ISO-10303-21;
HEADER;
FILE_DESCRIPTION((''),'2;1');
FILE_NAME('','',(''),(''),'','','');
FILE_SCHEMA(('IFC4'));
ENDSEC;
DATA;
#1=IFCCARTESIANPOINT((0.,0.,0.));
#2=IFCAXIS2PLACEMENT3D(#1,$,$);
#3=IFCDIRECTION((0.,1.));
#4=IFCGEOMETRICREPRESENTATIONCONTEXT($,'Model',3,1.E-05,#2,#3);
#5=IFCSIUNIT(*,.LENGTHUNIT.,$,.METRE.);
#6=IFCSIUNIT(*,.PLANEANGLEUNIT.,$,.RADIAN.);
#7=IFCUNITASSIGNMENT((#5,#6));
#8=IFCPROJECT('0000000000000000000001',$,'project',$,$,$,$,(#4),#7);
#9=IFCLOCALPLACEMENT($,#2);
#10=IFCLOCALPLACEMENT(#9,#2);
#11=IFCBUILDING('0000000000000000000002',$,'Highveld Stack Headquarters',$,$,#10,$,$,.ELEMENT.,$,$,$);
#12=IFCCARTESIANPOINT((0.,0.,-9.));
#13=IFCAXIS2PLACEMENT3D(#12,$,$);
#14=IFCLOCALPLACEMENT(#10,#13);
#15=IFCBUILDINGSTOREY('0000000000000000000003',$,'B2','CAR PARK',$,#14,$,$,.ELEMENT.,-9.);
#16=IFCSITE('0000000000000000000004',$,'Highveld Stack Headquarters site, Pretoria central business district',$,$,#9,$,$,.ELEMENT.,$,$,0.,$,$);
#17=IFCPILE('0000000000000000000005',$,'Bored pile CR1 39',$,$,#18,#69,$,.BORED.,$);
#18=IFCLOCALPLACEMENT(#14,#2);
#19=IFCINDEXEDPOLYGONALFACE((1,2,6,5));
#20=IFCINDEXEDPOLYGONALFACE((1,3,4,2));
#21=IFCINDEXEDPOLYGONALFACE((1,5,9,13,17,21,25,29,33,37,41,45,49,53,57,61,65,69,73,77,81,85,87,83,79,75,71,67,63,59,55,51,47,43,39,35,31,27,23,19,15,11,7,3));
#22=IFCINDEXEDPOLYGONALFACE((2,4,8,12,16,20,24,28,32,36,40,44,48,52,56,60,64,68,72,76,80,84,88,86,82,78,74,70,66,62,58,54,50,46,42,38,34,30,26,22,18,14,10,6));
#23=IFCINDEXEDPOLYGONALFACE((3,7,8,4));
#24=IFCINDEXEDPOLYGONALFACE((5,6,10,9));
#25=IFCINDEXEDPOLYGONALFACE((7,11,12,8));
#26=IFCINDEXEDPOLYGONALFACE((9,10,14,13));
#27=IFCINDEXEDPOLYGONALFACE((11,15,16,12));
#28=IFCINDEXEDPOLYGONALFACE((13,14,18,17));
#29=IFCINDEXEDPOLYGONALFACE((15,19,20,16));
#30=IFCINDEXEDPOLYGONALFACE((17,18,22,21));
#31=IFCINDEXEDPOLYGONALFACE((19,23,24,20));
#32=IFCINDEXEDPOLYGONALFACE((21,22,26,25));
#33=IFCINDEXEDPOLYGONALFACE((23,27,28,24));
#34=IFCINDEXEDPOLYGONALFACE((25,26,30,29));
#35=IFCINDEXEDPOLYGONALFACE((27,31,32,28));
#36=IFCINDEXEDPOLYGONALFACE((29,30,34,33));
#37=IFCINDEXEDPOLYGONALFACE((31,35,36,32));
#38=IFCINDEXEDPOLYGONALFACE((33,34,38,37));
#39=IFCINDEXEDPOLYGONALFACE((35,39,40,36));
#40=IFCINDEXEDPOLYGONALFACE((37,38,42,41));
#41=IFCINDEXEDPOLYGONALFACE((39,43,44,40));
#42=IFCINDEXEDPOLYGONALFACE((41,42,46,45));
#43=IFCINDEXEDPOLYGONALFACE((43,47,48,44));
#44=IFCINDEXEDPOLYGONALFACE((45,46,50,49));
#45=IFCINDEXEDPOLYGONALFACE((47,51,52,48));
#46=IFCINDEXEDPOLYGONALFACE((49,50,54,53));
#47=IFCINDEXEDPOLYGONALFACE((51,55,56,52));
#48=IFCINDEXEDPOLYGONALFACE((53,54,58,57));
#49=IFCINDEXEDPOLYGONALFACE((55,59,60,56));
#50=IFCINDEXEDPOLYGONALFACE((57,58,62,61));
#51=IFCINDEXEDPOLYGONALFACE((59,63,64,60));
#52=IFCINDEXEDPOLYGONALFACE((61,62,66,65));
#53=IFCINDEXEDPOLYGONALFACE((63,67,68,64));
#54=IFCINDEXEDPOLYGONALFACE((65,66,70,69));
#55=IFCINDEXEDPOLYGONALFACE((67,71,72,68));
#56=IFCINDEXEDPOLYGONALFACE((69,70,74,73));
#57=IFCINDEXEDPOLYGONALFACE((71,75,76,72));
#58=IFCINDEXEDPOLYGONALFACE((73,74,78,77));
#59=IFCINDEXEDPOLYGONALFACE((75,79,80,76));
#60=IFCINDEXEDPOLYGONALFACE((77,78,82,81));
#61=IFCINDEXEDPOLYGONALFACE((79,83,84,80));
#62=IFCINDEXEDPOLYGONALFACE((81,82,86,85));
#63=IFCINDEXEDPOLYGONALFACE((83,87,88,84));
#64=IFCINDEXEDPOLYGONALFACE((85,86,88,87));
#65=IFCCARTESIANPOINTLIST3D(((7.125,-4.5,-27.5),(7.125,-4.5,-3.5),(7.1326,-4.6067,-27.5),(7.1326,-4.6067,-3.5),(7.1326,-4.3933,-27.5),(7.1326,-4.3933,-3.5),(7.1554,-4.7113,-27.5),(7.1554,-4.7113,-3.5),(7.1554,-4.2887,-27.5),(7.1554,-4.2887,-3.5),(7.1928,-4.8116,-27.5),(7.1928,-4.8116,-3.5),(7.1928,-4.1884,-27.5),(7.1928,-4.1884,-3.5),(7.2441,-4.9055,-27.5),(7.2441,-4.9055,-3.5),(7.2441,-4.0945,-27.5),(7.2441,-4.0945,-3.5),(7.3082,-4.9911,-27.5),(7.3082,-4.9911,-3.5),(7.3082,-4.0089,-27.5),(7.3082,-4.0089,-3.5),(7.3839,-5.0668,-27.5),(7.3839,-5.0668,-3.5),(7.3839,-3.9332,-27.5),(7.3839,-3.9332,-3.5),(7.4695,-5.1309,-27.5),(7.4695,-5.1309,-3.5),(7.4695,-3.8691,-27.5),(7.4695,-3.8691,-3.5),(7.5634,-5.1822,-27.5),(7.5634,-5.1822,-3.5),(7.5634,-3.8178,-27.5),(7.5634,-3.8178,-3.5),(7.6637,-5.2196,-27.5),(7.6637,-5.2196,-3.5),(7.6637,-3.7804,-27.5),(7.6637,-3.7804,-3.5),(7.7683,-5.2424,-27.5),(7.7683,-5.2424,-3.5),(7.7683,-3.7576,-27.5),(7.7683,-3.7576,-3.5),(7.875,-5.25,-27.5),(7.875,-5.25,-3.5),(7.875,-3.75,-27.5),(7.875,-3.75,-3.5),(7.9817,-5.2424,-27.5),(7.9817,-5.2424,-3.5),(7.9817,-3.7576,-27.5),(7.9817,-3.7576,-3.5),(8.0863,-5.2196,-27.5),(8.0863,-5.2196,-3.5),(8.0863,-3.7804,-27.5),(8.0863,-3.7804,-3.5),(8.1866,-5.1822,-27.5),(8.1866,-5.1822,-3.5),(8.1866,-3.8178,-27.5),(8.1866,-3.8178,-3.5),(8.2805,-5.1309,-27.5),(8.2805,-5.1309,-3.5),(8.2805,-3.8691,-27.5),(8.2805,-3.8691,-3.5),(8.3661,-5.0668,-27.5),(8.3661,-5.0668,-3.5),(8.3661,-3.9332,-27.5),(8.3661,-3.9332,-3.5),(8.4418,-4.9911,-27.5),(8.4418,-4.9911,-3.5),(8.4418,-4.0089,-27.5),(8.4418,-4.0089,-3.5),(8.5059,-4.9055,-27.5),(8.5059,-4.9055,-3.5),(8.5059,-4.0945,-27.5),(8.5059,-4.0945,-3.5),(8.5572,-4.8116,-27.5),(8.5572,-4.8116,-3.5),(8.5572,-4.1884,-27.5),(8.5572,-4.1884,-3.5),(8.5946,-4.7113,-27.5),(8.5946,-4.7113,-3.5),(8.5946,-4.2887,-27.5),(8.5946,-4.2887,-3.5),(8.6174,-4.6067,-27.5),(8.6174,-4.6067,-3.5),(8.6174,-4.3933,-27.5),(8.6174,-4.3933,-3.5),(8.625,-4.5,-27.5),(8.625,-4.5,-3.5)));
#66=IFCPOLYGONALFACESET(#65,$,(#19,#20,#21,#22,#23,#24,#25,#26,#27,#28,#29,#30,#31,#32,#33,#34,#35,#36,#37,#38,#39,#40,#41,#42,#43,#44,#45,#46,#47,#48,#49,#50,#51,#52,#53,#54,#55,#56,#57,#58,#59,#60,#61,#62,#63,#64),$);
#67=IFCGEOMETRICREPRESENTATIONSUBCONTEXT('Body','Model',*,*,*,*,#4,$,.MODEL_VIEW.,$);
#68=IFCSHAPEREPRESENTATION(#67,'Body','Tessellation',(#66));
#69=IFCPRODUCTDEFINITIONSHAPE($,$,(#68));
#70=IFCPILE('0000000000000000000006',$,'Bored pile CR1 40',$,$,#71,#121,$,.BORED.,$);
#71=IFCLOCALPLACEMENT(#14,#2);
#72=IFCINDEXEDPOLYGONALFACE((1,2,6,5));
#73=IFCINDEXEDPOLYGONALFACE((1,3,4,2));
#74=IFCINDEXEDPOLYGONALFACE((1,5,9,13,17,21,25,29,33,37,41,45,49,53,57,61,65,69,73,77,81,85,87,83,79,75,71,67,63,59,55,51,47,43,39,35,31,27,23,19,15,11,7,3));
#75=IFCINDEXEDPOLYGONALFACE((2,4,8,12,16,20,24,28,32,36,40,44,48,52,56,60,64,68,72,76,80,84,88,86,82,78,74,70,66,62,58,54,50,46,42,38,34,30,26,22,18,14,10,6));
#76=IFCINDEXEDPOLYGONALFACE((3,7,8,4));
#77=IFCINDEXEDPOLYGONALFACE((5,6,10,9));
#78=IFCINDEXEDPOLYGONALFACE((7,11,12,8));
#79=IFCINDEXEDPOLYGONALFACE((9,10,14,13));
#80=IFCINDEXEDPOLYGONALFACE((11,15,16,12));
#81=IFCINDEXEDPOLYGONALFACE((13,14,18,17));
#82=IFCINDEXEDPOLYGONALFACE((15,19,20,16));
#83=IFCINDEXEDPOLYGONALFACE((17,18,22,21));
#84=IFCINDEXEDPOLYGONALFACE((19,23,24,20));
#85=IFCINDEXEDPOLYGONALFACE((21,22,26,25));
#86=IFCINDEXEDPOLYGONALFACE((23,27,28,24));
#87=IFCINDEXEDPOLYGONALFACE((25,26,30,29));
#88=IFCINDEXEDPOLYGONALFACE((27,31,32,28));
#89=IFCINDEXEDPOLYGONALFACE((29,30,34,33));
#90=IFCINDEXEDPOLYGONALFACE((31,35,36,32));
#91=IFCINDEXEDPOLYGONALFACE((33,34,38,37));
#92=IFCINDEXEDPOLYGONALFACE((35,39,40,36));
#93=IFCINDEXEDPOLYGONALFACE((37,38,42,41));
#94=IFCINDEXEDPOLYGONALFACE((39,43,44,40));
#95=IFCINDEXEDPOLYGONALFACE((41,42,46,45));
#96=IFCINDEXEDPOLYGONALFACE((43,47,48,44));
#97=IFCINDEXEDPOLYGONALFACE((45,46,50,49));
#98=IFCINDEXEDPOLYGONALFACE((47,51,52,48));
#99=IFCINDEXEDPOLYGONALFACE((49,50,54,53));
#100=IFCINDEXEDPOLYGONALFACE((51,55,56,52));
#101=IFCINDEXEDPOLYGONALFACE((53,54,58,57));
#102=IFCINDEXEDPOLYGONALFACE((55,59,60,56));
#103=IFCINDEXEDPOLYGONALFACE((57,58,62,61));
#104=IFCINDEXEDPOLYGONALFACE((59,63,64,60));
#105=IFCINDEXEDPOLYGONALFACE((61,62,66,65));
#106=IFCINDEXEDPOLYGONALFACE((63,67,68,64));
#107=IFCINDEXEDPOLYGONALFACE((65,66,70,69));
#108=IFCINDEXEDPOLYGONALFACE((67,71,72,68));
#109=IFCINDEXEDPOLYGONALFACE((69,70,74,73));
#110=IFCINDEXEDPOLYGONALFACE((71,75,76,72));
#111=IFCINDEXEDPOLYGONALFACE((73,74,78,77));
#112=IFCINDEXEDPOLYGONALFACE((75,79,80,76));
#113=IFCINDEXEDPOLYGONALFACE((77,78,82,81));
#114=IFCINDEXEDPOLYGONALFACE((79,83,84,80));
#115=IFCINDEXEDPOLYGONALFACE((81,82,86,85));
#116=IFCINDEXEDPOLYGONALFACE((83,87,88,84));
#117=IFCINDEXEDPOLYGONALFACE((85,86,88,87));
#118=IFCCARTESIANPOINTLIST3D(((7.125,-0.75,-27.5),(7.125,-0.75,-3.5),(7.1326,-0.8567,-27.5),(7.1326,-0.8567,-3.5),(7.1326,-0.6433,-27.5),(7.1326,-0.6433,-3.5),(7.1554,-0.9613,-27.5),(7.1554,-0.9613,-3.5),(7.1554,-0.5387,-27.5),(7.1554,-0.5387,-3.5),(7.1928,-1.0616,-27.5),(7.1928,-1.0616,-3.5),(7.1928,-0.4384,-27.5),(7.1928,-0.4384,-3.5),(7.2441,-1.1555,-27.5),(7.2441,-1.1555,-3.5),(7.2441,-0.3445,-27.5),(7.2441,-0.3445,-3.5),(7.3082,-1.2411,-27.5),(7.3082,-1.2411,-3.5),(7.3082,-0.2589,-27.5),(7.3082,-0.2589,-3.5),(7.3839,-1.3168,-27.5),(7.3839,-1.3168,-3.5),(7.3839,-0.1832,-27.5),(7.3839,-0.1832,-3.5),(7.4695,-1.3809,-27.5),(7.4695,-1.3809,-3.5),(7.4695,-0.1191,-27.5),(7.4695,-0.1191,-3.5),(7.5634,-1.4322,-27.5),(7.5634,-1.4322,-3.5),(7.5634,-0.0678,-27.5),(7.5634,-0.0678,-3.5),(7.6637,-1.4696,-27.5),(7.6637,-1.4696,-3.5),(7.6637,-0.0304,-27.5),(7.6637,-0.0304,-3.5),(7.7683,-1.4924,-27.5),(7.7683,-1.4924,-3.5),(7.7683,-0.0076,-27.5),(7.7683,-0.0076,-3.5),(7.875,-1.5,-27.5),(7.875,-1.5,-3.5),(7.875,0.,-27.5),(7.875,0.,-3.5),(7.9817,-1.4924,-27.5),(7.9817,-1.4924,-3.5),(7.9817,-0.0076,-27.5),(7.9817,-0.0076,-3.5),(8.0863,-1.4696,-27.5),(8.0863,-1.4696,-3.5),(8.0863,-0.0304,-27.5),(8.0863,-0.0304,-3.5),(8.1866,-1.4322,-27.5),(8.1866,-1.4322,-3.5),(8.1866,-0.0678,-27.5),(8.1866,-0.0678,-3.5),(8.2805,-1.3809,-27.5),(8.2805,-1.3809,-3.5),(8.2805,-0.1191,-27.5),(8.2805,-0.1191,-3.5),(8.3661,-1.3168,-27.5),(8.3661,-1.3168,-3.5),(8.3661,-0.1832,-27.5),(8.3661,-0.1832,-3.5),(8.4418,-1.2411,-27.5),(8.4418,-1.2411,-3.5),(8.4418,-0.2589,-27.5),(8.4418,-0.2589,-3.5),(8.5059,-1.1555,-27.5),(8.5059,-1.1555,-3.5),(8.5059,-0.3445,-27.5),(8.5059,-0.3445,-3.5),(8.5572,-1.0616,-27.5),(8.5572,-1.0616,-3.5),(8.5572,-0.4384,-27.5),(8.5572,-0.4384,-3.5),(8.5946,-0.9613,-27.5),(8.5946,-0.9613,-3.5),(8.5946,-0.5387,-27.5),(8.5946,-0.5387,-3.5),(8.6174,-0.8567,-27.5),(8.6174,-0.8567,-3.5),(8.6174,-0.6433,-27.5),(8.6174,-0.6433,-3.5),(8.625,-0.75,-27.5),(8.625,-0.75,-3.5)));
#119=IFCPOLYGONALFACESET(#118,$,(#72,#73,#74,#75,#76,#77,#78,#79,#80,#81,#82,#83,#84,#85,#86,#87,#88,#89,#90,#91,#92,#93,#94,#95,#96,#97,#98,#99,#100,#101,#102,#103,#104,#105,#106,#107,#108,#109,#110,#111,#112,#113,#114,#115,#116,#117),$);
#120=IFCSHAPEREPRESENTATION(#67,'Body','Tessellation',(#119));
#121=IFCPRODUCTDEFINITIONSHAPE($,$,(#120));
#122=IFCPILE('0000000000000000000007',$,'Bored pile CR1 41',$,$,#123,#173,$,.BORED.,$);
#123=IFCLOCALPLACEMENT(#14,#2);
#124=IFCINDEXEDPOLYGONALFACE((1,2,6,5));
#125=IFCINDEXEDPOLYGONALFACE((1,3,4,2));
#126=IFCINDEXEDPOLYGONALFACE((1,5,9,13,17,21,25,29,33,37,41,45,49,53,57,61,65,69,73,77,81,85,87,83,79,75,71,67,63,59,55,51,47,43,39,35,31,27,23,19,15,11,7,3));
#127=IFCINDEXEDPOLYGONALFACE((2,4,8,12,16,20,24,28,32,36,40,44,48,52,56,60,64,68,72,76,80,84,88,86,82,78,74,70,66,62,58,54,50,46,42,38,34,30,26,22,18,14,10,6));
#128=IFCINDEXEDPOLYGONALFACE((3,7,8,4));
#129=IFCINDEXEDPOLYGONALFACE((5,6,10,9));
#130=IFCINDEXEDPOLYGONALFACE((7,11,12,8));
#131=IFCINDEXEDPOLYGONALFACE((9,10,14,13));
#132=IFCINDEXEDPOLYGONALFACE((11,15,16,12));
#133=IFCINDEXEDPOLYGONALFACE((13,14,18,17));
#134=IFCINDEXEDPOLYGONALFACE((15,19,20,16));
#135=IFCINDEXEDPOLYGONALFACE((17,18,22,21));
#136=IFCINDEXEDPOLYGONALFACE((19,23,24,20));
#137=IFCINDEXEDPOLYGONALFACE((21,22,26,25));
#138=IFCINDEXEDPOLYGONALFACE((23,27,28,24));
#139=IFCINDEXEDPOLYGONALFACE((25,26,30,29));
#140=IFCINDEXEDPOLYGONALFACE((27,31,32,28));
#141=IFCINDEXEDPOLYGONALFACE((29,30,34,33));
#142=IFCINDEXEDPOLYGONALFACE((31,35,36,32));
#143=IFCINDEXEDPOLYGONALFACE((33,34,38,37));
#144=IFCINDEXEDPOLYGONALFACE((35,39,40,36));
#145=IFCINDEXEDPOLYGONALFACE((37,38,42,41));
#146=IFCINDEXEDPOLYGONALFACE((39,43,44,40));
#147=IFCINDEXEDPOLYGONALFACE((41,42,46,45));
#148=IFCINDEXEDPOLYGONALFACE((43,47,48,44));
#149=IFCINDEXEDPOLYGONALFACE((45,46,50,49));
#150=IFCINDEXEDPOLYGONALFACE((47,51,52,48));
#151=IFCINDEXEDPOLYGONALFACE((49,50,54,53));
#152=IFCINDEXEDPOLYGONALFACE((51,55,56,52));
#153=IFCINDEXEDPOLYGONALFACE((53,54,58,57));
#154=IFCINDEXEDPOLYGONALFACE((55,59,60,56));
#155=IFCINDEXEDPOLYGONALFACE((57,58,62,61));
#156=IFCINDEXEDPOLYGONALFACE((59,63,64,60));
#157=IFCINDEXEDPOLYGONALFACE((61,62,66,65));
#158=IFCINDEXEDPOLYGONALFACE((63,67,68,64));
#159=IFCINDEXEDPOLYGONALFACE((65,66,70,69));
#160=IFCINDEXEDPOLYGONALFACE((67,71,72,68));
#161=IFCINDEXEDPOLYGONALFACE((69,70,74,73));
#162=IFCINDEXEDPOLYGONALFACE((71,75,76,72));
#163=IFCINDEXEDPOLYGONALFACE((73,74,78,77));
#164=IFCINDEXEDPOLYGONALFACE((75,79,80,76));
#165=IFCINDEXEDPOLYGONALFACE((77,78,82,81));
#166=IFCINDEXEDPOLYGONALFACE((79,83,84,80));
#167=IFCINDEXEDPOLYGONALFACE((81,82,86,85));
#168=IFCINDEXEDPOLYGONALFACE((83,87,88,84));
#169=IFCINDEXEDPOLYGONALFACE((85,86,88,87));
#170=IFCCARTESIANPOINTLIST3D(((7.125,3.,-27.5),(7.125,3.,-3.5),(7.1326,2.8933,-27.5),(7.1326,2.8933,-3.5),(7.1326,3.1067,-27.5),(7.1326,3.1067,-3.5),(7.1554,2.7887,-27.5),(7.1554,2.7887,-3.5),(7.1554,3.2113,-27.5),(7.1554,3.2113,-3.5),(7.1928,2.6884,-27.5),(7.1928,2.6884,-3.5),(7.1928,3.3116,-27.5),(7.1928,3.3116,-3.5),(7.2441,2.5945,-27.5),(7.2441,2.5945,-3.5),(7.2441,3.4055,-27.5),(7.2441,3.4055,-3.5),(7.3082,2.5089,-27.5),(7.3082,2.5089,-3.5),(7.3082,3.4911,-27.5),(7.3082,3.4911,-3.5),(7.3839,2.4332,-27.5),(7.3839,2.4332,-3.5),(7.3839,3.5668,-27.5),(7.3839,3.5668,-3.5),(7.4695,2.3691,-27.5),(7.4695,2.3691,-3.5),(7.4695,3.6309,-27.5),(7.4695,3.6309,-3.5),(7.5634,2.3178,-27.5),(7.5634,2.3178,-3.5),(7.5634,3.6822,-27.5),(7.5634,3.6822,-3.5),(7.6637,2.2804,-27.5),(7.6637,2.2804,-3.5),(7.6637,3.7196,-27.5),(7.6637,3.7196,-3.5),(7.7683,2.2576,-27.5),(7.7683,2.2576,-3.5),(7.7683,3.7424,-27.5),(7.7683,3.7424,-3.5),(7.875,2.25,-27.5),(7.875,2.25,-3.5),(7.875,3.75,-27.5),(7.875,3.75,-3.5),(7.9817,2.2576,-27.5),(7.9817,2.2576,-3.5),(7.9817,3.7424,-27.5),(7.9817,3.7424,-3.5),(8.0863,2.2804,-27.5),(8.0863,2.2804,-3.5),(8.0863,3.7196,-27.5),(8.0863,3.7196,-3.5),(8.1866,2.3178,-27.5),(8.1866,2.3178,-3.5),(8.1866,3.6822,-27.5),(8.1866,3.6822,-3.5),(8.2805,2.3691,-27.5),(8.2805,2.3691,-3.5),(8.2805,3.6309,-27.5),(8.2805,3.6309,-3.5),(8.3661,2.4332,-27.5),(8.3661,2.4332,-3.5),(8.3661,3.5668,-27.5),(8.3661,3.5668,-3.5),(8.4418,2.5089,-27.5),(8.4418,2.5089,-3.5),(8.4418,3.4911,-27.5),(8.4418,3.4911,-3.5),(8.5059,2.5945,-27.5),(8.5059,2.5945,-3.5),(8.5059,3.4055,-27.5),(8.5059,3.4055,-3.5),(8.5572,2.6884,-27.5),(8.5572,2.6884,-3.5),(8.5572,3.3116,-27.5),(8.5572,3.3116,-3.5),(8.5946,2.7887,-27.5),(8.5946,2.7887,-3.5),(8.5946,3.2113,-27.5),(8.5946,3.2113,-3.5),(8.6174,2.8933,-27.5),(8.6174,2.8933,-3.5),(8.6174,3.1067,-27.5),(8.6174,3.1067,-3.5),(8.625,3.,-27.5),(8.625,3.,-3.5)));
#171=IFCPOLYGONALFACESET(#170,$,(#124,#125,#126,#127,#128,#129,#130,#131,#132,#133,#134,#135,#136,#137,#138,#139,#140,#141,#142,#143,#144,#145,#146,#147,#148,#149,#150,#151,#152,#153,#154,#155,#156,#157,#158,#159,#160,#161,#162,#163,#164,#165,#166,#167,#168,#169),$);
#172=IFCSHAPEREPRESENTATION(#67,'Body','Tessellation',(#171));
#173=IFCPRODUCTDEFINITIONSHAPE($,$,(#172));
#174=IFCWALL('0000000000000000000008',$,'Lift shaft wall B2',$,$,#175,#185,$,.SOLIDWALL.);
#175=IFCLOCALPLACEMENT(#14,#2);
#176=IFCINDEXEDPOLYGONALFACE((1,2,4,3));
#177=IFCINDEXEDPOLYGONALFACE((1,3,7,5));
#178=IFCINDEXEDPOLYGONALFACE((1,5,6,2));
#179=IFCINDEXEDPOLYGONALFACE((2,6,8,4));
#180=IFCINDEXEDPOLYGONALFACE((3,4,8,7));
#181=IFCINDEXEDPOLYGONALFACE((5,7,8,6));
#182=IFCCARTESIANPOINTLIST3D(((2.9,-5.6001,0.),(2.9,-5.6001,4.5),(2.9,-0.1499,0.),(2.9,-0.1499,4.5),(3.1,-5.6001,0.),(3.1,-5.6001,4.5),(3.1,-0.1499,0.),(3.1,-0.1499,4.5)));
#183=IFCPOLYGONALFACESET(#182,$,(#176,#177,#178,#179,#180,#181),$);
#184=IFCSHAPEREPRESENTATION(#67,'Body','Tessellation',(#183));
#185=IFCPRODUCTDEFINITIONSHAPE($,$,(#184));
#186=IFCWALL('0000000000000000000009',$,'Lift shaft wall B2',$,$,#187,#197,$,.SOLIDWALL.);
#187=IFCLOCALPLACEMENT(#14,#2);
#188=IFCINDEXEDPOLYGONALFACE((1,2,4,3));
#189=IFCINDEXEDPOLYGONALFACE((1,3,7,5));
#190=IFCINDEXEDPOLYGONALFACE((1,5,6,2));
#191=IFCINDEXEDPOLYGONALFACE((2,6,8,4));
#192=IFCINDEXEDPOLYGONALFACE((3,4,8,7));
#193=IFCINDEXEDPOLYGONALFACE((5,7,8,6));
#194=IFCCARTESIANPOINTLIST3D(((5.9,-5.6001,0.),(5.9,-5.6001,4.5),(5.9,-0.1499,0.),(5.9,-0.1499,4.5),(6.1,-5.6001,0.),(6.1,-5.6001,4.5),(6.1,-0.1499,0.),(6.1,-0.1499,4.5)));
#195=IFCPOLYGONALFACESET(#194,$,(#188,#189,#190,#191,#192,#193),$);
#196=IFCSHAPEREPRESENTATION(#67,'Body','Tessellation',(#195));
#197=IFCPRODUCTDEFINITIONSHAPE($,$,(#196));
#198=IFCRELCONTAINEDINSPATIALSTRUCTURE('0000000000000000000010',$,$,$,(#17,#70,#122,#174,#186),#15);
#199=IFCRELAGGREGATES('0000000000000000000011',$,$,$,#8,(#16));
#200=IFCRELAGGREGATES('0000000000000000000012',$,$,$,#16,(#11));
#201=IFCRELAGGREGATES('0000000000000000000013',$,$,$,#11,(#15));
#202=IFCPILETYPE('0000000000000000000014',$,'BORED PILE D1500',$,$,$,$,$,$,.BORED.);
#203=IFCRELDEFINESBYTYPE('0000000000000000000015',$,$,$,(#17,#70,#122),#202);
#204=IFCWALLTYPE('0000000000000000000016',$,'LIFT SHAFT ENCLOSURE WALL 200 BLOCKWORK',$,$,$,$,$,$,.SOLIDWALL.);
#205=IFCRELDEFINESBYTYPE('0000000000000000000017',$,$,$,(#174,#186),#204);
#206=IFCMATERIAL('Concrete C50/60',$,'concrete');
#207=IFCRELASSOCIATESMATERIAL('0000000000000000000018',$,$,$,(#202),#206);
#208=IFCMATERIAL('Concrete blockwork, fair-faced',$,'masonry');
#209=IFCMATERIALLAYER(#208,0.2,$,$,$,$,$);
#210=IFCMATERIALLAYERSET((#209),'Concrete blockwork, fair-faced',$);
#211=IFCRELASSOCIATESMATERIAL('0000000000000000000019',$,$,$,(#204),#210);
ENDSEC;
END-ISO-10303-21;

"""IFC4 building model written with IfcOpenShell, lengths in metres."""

from ifc_helpers import new_model, si_unit, direction, frame, frame_2d, origin, origin_2d, place, context, subcontext, project, spatial, rectangle, circle, extrude, material, layer, layer_set, type_object, element, save


model = new_model("IFC4")

# Units and contexts
model_context = context("Model", 3, precision=1e-05, world=origin(), true_north=direction((0.0, 1.0)))
body_context = subcontext(model_context, "Body", "Model", "MODEL_VIEW")
ifc_project = project(units=[si_unit("LENGTHUNIT", "METRE"), si_unit("PLANEANGLEUNIT", "RADIAN")], contexts=[model_context])

# Site, building, storey
site_placement = place(None, origin())
site = spatial("IfcSite", under=ifc_project, at=site_placement, Name="Highveld Stack Headquarters site, Pretoria central business district", CompositionType="ELEMENT", RefElevation=0.0)
building_placement = place(site_placement, origin())
building = spatial("IfcBuilding", under=site, at=building_placement, Name="Highveld Stack Headquarters", CompositionType="ELEMENT")
storey_placement = place(building_placement, frame((0.0, 0.0, -9.0)))
storey = spatial("IfcBuildingStorey", under=building, at=storey_placement, Name="B2", Description="CAR PARK", CompositionType="ELEMENT", Elevation=-9.0)

# Piles
ifc_material_1 = material(Name="Concrete C50/60", Category="concrete")
pile_type = type_object("IfcPileType", Name="BORED PILE D1500", PredefinedType="BORED", material=ifc_material_1)
for number, where, z_axis, x_axis, name in (
    (1, (7.875, -4.5, -3.5), (0.0, 0.0, -1.0), (1.0, 0.0, 0.0), "Bored pile CR1 39"),
    (2, (7.875, -0.75, -3.5), (0.0, 0.0, -1.0), (1.0, 0.0, 0.0), "Bored pile CR1 40"),
    (3, (7.875, 3.0, -3.5), (0.0, 0.0, -1.0), (1.0, 0.0, 0.0), "Bored pile CR1 41"),
):
    element("IfcPile", number, at=place(storey_placement, frame(where, z_axis=z_axis, x_axis=x_axis)), inside=storey, type_object=pile_type, Name=name, PredefinedType="BORED", context=body_context, shape_type="SweptSolid", body=[
        extrude(circle(Radius=0.75, at=origin_2d()), origin(), (0.0, 0.0, 1.0), 24.0),
    ])

# Walls
ifc_material_2 = material(Name="Concrete blockwork, fair-faced", Category="masonry")
ifc_layer = layer(ifc_material_2, 0.2)
ifc_layer_set = layer_set([ifc_layer], Name="Concrete blockwork, fair-faced")
wall_type = type_object("IfcWallType", Name="LIFT SHAFT ENCLOSURE WALL 200 BLOCKWORK", PredefinedType="SOLIDWALL", material=ifc_layer_set)
for number, where, z_axis, x_axis, name in (
    (4, (3.0, -5.6001, 0.0), (0.0, 0.0, 1.0), (0.0, 1.0, 0.0), "Lift shaft wall B2"),
    (5, (6.0, -5.6001, 0.0), (0.0, 0.0, 1.0), (0.0, 1.0, 0.0), "Lift shaft wall B2"),
):
    element("IfcWall", number, at=place(storey_placement, frame(where, z_axis=z_axis, x_axis=x_axis)), inside=storey, type_object=wall_type, Name=name, PredefinedType="SOLIDWALL", context=body_context, shape_type="SweptSolid", body=[
        extrude(rectangle(XDim=5.4502, YDim=0.2, at=frame_2d((2.7251, 0.0))), origin(), (0.0, 0.0, 1.0), 4.5),
    ])

save(model, "model.ifc")
